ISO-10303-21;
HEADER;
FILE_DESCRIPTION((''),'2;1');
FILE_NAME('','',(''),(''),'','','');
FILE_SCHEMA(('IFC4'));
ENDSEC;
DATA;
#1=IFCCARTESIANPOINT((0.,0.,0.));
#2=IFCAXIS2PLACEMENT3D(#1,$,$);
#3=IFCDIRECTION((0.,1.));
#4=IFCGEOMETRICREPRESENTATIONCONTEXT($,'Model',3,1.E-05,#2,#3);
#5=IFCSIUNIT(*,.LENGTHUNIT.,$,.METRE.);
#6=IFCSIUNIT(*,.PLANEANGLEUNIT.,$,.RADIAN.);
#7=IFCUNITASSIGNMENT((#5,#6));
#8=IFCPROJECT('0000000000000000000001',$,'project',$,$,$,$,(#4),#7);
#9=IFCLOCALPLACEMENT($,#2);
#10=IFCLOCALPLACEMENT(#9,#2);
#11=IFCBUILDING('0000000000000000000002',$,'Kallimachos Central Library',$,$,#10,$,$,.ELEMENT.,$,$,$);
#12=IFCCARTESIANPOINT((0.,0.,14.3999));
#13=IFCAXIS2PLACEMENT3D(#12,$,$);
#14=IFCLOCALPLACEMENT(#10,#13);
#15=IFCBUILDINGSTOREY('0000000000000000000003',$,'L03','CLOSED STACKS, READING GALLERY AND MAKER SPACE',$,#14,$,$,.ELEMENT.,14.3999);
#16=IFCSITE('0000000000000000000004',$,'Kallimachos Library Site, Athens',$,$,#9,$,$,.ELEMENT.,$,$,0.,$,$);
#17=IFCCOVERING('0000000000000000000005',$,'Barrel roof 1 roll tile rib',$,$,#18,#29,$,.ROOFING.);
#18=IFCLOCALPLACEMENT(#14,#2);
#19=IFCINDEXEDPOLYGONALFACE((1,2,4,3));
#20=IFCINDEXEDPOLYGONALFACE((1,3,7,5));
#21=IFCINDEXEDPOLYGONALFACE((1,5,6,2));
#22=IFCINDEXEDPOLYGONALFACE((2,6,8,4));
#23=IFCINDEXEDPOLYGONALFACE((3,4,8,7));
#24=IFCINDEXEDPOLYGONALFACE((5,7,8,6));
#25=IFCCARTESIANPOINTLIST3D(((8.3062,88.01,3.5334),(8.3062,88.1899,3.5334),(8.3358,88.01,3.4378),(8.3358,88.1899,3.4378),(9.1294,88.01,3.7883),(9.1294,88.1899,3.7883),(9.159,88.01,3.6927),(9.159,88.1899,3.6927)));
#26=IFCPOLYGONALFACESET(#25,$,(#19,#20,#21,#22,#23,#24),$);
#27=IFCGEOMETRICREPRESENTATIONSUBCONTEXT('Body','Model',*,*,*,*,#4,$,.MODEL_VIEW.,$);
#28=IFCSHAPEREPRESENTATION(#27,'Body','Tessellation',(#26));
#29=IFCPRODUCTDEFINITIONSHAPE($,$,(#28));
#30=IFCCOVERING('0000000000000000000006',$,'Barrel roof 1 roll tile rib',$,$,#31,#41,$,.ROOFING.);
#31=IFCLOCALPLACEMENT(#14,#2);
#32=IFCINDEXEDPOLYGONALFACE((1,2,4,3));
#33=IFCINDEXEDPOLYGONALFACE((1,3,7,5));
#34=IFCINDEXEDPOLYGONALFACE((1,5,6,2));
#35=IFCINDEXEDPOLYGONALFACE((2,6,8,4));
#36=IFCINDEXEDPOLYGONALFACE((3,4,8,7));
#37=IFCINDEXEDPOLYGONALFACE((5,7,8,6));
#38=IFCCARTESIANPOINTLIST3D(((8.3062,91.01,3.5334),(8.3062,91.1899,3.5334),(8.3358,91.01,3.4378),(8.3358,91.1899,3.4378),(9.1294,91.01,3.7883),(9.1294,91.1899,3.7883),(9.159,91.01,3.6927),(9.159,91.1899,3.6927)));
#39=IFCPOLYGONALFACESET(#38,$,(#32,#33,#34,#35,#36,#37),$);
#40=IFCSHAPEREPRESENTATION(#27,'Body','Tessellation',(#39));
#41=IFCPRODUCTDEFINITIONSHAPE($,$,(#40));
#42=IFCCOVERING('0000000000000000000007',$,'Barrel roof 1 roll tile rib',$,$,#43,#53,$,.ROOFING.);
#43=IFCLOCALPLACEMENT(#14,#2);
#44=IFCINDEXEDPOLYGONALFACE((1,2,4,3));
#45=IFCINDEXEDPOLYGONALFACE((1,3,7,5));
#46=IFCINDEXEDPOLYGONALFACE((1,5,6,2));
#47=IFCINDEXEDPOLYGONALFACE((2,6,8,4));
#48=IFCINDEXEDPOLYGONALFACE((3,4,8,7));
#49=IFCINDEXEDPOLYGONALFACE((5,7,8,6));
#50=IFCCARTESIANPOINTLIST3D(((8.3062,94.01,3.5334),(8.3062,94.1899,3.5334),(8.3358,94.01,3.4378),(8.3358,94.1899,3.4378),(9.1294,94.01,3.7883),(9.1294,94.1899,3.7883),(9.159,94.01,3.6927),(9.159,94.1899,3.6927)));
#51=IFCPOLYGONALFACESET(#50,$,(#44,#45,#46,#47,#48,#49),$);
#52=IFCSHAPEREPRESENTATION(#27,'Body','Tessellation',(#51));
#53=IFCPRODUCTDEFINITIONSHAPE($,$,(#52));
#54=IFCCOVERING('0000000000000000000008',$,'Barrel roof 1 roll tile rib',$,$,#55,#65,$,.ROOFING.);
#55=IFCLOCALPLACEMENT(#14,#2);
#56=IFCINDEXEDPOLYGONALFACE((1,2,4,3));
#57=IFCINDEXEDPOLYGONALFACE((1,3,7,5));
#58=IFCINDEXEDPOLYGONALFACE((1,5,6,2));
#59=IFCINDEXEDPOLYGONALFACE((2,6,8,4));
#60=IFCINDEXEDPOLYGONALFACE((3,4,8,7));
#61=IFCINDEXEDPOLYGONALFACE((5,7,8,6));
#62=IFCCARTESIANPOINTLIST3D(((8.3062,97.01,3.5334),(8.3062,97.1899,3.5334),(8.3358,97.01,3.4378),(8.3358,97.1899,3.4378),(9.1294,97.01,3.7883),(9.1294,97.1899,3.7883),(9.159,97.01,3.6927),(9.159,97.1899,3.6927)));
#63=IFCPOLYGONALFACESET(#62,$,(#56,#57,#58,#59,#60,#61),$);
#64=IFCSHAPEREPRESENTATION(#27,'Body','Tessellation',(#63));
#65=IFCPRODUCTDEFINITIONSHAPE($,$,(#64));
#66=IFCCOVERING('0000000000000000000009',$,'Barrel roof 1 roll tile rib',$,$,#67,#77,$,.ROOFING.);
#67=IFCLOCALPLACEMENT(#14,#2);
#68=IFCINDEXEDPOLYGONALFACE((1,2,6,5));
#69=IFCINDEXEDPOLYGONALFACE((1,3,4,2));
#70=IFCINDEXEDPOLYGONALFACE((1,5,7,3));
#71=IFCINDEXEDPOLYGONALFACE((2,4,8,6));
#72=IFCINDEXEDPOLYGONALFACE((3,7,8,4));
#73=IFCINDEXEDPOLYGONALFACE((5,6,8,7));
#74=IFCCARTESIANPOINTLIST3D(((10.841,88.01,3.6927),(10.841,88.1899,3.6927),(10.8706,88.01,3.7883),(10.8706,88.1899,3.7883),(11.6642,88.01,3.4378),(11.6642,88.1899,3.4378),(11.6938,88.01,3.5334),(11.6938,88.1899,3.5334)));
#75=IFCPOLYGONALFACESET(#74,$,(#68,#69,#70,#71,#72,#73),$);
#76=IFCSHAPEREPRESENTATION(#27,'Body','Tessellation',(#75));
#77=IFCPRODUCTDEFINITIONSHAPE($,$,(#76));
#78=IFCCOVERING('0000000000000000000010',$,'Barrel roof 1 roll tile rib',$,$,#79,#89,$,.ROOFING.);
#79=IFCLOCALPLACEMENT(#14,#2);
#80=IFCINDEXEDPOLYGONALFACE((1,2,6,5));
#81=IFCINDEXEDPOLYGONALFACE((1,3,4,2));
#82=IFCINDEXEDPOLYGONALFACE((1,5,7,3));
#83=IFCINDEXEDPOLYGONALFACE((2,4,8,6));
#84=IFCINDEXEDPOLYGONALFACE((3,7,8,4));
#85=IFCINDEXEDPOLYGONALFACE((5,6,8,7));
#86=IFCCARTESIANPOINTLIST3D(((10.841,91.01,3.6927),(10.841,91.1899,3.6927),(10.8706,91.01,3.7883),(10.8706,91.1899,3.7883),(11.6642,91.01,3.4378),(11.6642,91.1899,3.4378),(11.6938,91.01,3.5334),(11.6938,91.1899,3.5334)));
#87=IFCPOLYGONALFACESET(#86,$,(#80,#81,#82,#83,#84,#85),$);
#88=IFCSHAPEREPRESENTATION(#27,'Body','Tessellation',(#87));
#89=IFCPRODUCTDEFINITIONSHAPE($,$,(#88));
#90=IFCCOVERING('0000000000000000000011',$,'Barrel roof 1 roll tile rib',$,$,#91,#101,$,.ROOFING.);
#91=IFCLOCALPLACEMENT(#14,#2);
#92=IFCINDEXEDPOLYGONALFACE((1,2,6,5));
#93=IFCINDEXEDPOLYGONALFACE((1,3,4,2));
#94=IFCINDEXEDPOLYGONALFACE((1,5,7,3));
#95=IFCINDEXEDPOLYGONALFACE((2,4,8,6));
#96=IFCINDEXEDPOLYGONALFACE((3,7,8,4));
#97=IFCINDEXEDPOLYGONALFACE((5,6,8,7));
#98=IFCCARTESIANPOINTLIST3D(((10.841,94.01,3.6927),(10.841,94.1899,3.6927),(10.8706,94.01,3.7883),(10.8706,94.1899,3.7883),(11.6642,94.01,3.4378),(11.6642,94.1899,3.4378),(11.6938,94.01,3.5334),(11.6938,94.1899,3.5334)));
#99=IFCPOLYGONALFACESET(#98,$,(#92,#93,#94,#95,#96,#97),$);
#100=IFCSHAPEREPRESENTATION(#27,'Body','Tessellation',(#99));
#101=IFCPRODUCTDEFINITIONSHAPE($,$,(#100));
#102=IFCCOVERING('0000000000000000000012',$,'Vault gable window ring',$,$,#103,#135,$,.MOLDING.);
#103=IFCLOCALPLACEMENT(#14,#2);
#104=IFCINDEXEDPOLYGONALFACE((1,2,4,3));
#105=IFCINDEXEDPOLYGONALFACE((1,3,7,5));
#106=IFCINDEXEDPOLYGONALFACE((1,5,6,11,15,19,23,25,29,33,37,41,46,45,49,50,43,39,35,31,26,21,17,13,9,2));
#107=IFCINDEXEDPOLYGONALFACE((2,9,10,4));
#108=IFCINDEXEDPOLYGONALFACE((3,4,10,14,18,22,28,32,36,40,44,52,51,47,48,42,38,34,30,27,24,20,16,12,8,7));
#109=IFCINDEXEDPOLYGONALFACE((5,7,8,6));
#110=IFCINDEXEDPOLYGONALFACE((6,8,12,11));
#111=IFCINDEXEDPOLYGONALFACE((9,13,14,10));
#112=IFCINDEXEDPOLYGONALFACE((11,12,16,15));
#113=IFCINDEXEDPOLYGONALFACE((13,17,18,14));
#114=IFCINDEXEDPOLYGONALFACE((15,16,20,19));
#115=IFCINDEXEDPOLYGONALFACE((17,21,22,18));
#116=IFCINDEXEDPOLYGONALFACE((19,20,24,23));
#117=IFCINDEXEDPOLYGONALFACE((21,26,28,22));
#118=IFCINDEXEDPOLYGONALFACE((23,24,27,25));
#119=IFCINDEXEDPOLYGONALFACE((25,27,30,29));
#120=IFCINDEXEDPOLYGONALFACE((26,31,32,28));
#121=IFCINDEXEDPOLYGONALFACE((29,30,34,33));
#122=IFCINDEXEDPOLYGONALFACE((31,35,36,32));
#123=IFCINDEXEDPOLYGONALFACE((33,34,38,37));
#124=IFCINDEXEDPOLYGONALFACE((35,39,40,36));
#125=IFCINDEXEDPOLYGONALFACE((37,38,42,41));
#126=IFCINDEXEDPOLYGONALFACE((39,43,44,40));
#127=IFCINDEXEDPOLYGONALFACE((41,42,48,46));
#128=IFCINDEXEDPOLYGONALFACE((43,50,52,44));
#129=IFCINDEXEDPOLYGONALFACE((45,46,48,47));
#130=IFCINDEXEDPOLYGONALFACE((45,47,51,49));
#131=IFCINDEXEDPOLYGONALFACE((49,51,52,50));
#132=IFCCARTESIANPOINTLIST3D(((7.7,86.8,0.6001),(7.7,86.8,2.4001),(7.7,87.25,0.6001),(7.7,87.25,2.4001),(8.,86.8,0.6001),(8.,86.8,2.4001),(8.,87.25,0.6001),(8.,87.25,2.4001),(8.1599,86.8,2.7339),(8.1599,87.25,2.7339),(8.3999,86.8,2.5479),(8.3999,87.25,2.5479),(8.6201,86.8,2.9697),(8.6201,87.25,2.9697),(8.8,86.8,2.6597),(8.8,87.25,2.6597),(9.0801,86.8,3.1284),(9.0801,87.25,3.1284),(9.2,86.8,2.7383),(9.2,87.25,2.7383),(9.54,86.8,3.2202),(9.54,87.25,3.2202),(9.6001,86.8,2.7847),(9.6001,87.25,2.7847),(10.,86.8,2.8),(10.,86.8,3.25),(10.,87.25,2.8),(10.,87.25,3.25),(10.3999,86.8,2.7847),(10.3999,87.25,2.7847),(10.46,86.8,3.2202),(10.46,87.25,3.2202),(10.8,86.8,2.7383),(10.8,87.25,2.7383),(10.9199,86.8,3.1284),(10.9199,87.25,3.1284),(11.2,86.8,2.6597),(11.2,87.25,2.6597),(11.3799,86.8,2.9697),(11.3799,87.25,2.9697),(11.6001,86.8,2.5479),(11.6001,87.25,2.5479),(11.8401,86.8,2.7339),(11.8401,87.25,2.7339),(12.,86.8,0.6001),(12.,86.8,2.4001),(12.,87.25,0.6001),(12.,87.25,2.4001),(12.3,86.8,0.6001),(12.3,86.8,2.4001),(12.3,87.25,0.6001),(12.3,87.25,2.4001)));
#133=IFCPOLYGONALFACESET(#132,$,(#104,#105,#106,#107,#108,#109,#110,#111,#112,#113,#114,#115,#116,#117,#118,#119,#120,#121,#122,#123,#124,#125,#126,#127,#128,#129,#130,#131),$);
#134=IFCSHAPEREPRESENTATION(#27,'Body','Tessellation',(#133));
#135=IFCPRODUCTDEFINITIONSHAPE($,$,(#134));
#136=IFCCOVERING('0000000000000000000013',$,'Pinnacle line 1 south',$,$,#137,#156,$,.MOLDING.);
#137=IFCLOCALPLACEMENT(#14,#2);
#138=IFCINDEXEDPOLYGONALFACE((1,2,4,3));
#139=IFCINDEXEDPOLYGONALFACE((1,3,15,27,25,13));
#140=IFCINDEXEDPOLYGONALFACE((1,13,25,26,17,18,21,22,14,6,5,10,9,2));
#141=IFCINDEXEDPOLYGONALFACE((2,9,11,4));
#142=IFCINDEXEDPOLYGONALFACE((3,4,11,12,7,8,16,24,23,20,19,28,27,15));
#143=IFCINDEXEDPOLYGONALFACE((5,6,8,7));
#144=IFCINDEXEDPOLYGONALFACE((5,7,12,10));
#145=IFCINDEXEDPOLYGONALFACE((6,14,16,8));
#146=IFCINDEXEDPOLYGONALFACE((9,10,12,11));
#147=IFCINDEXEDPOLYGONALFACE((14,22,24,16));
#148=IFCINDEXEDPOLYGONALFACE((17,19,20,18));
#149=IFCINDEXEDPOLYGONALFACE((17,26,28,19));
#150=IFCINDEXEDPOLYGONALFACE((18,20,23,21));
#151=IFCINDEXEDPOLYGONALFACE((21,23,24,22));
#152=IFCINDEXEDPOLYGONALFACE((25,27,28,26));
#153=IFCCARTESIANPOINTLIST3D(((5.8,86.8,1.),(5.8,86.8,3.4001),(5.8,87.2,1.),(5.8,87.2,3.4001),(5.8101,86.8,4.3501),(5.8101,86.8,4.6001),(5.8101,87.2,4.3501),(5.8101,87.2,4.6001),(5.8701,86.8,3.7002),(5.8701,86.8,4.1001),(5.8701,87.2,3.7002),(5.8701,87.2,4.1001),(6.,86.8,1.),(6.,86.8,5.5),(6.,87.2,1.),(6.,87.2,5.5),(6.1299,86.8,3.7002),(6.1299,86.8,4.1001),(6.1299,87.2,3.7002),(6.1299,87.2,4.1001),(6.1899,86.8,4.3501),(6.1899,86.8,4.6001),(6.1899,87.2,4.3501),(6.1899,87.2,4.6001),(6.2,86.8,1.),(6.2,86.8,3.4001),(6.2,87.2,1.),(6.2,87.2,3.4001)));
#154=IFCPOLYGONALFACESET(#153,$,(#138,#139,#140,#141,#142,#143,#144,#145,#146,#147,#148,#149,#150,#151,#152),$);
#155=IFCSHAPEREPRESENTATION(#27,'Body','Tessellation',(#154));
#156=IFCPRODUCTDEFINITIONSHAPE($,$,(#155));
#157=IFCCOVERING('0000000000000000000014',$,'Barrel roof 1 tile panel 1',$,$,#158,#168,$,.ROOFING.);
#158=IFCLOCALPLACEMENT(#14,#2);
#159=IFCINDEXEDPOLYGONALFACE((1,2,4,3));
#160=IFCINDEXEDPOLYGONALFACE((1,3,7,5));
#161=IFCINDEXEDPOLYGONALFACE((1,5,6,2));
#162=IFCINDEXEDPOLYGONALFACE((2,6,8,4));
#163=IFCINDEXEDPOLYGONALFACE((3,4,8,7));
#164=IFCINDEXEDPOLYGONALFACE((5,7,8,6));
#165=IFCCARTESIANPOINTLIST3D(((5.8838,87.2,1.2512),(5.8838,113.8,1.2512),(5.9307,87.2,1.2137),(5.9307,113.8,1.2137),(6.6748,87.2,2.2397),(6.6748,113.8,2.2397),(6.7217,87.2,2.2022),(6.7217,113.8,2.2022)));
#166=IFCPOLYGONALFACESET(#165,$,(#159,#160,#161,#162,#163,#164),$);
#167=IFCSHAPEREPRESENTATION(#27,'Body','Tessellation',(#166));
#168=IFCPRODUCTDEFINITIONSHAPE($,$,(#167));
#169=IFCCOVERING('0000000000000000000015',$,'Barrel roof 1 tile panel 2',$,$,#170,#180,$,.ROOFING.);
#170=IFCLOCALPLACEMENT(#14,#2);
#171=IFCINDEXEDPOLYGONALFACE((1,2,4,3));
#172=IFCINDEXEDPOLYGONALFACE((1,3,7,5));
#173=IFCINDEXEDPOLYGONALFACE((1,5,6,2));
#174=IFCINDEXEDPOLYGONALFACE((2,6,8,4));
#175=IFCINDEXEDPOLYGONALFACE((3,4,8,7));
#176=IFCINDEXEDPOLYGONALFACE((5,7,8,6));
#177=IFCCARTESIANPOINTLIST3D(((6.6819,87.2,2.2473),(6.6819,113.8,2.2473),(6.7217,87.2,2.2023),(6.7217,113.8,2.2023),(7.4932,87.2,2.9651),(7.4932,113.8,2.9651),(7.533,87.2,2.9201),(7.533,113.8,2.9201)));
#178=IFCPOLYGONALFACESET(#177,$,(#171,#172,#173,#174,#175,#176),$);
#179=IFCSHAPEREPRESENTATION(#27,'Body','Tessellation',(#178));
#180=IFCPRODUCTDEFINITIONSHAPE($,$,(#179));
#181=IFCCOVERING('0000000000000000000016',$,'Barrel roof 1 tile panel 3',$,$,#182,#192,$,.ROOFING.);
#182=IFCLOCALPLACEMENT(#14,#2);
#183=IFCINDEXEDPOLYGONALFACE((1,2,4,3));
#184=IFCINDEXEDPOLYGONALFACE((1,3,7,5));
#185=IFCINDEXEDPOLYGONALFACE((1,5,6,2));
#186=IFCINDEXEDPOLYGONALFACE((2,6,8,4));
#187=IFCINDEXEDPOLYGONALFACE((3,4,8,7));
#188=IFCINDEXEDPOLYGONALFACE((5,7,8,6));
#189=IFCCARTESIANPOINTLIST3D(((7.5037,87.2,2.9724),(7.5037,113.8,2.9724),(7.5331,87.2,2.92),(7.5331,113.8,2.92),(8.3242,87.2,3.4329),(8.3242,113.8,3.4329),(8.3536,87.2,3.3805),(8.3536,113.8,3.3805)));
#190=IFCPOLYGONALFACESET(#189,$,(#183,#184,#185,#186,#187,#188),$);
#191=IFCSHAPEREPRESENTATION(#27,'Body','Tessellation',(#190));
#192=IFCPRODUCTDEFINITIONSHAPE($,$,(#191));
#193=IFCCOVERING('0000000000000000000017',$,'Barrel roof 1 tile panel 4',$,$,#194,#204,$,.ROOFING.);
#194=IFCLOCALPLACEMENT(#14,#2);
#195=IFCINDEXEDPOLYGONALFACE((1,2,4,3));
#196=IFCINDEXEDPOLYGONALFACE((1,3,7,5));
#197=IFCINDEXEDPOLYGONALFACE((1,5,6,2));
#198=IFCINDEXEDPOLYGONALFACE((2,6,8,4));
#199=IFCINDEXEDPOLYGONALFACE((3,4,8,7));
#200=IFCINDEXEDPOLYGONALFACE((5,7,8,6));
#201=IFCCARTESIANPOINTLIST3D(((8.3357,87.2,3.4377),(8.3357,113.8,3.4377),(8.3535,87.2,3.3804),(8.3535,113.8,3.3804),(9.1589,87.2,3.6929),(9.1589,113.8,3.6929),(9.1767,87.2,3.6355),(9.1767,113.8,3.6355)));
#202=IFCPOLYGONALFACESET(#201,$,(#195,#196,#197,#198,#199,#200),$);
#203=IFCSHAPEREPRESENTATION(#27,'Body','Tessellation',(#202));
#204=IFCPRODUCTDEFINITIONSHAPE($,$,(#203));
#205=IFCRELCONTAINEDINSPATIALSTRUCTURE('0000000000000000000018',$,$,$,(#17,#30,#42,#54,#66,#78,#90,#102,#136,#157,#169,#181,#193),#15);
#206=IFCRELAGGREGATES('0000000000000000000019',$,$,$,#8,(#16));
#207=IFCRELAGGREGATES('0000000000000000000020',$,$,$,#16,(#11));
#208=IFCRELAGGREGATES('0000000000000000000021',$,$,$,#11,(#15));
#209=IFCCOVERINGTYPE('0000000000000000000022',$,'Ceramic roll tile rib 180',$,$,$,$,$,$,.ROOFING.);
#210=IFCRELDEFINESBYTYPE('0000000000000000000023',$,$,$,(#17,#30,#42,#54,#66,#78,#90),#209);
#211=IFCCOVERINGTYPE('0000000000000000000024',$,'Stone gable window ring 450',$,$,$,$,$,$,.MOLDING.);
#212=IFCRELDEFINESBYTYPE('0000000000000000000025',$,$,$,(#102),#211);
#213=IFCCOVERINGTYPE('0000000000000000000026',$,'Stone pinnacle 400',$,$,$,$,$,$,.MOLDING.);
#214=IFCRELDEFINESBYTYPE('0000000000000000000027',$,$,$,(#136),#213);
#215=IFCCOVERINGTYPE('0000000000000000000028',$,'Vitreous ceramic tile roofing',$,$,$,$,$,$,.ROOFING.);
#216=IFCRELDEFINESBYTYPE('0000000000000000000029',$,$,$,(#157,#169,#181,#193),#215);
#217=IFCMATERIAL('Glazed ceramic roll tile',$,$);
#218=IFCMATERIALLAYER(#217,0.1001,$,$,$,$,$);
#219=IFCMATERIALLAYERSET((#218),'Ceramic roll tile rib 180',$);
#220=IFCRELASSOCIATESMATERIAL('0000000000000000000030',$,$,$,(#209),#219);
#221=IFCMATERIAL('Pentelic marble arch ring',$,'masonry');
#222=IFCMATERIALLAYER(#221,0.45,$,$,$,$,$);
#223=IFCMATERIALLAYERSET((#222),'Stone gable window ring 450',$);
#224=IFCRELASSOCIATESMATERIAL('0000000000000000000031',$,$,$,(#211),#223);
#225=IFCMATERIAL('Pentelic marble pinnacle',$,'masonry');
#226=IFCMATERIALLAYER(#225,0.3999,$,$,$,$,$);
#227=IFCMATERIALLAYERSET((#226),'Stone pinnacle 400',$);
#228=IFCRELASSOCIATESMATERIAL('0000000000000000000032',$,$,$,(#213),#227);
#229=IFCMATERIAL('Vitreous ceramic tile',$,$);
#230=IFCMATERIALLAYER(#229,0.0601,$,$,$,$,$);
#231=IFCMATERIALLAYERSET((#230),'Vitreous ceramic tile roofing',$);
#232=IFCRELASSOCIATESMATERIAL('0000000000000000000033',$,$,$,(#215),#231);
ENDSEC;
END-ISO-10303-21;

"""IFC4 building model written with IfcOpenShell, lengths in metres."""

from ifc_helpers import new_model, si_unit, direction, frame, origin, place, context, subcontext, project, spatial, polyline, outline, extrude, material, layer, layer_set, type_object, element, save


model = new_model("IFC4")

# Units and contexts
model_context = context("Model", 3, precision=1e-05, world=origin(), true_north=direction((0.0, 1.0)))
body_context = subcontext(model_context, "Body", "Model", "MODEL_VIEW")
ifc_project = project(units=[si_unit("LENGTHUNIT", "METRE"), si_unit("PLANEANGLEUNIT", "RADIAN")], contexts=[model_context])

# Site, building, storey
site_placement = place(None, origin())
site = spatial("IfcSite", under=ifc_project, at=site_placement, Name="Kallimachos Library Site, Athens", CompositionType="ELEMENT", RefElevation=0.0)
building_placement = place(site_placement, origin())
building = spatial("IfcBuilding", under=site, at=building_placement, Name="Kallimachos Central Library", CompositionType="ELEMENT")
storey_placement = place(building_placement, frame((0.0, 0.0, 14.3999)))
storey = spatial("IfcBuildingStorey", under=building, at=storey_placement, Name="L03", Description="CLOSED STACKS, READING GALLERY AND MAKER SPACE", CompositionType="ELEMENT", Elevation=14.3999)

# Coverings
ifc_material_1 = material(Name="Glazed ceramic roll tile")
ifc_layer_1 = layer(ifc_material_1, 0.1001)
ifc_layer_set_1 = layer_set([ifc_layer_1], Name="Ceramic roll tile rib 180")
covering_type_1 = type_object("IfcCoveringType", Name="Ceramic roll tile rib 180", PredefinedType="ROOFING", material=ifc_layer_set_1)
for number, where, z_axis, x_axis, name in (
    (1, (8.3062, 88.01, 3.5334), (-0.295758, 0.0, 0.955263), (0.955263, 0.0, 0.295758), "Barrel roof 1 roll tile rib"),
    (2, (8.3062, 91.01, 3.5334), (-0.295758, 0.0, 0.955263), (0.955263, 0.0, 0.295758), "Barrel roof 1 roll tile rib"),
    (3, (8.3062, 94.01, 3.5334), (-0.295758, 0.0, 0.955263), (0.955263, 0.0, 0.295758), "Barrel roof 1 roll tile rib"),
    (4, (8.3062, 97.01, 3.5334), (-0.295758, 0.0, 0.955263), (0.955263, 0.0, 0.295758), "Barrel roof 1 roll tile rib"),
    (5, (10.8706, 88.01, 3.7883), (0.295758, 0.0, 0.955263), (0.955263, 0.0, -0.295758), "Barrel roof 1 roll tile rib"),
    (6, (10.8706, 91.01, 3.7883), (0.295758, 0.0, 0.955263), (0.955263, 0.0, -0.295758), "Barrel roof 1 roll tile rib"),
    (7, (10.8706, 94.01, 3.7883), (0.295758, 0.0, 0.955263), (0.955263, 0.0, -0.295758), "Barrel roof 1 roll tile rib"),
):
    element("IfcCovering", number, at=place(storey_placement, frame(where, z_axis=z_axis, x_axis=x_axis)), inside=storey, type_object=covering_type_1, Name=name, PredefinedType="ROOFING", context=body_context, shape_type="SweptSolid", body=[
        extrude(outline(polyline([(0.0, 0.0), (0.8618, 0.0), (0.8618, 0.1799), (0.0, 0.1799), (0.0, 0.0)])), origin(), (0.0, 0.0, -1.0), 0.1001),
    ])
ifc_material_2 = material(Name="Pentelic marble arch ring", Category="masonry")
ifc_layer_2 = layer(ifc_material_2, 0.45)
ifc_layer_set_2 = layer_set([ifc_layer_2], Name="Stone gable window ring 450")
covering_type_2 = type_object("IfcCoveringType", Name="Stone gable window ring 450", PredefinedType="MOLDING", material=ifc_layer_set_2)
covering_1_placement = place(storey_placement, frame((8.0, 86.8, 0.6001), z_axis=(0.0, -1.0, 0.0), x_axis=(0.0, 0.0, 1.0)))
element("IfcCovering", 8, at=covering_1_placement, inside=storey, type_object=covering_type_2, Name="Vault gable window ring", PredefinedType="MOLDING", context=body_context, shape_type="SweptSolid", body=[
    extrude(outline(polyline([(0.0, 0.0), (1.8, 0.0), (1.9478, -0.3999), (2.0596, -0.8), (2.1382, -1.2), (2.1846, -1.6001), (2.2, -2.0), (2.1846, -2.3999), (2.1382, -2.8), (2.0596, -3.2), (1.9478, -3.6001), (1.8, -4.0), (0.0, -4.0), (0.0, -4.3), (1.8, -4.3), (2.1338, -3.8401), (2.3696, -3.3799), (2.5283, -2.9199), (2.6201, -2.46), (2.6499, -2.0), (2.6201, -1.54), (2.5283, -1.0801), (2.3696, -0.6201), (2.1338, -0.1599), (1.8, 0.3), (0.0, 0.3), (0.0, 0.0)])), origin(), (0.0, 0.0, -1.0), 0.45),
])
ifc_material_3 = material(Name="Pentelic marble pinnacle", Category="masonry")
ifc_layer_3 = layer(ifc_material_3, 0.3999)
ifc_layer_set_3 = layer_set([ifc_layer_3], Name="Stone pinnacle 400")
covering_type_3 = type_object("IfcCoveringType", Name="Stone pinnacle 400", PredefinedType="MOLDING", material=ifc_layer_set_3)
covering_2_placement = place(storey_placement, frame((6.0, 86.8, 1.0), z_axis=(0.0, -1.0, 0.0), x_axis=(1.0, 0.0, 0.0)))
element("IfcCovering", 9, at=covering_2_placement, inside=storey, type_object=covering_type_3, Name="Pinnacle line 1 south", PredefinedType="MOLDING", context=body_context, shape_type="SweptSolid", body=[
    extrude(outline(polyline([(0.0, 0.0), (0.2, 0.0), (0.2, 2.4001), (0.1299, 2.7002), (0.1299, 3.1001), (0.1899, 3.3501), (0.1899, 3.6001), (0.0, 4.5), (-0.1899, 3.6001), (-0.1899, 3.3501), (-0.1299, 3.1001), (-0.1299, 2.7002), (-0.2, 2.4001), (-0.2, 0.0), (0.0, 0.0)])), origin(), (0.0, 0.0, -1.0), 0.3999),
])
ifc_material_4 = material(Name="Vitreous ceramic tile")
ifc_layer_4 = layer(ifc_material_4, 0.0601)
ifc_layer_set_4 = layer_set([ifc_layer_4], Name="Vitreous ceramic tile roofing")
covering_type_4 = type_object("IfcCoveringType", Name="Vitreous ceramic tile roofing", PredefinedType="ROOFING", material=ifc_layer_set_4)
covering_3_placement = place(storey_placement, frame((5.8838, 87.2, 1.2512), z_axis=(-0.780794, 0.0, 0.624789), x_axis=(0.624789, 0.0, 0.780794)))
element("IfcCovering", 10, at=covering_3_placement, inside=storey, type_object=covering_type_4, Name="Barrel roof 1 tile panel 1", PredefinedType="ROOFING", context=body_context, shape_type="SweptSolid", body=[
    extrude(outline(polyline([(0.0, 0.0), (1.2661, 0.0), (1.2661, 26.6001), (0.0, 26.6001), (0.0, 0.0)])), origin(), (0.0, 0.0, -1.0), 0.0601),
])
covering_4_placement = place(storey_placement, frame((6.6819, 87.2, 2.2473), z_axis=(-0.662627, 0.0, 0.748949), x_axis=(0.748949, 0.0, 0.662627)))
element("IfcCovering", 11, at=covering_4_placement, inside=storey, type_object=covering_type_4, Name="Barrel roof 1 tile panel 2", PredefinedType="ROOFING", context=body_context, shape_type="SweptSolid", body=[
    extrude(outline(polyline([(0.0, 0.0), (1.0832, 0.0), (1.0832, 26.6001), (0.0, 26.6001), (0.0, 0.0)])), origin(), (0.0, 0.0, -1.0), 0.0601),
])
covering_5_placement = place(storey_placement, frame((7.5037, 87.2, 2.9724), z_axis=(-0.489362, 0.0, 0.872081), x_axis=(0.872081, 0.0, 0.489362)))
element("IfcCovering", 12, at=covering_5_placement, inside=storey, type_object=covering_type_4, Name="Barrel roof 1 tile panel 3", PredefinedType="ROOFING", context=body_context, shape_type="SweptSolid", body=[
    extrude(outline(polyline([(0.0, 0.0), (0.9409, 0.0), (0.9409, 26.6001), (0.0, 26.6001), (0.0, 0.0)])), origin(), (0.0, 0.0, -1.0), 0.0601),
])
covering_6_placement = place(storey_placement, frame((8.3357, 87.2, 3.4377), z_axis=(-0.296016, 0.0, 0.955183), x_axis=(0.955183, 0.0, 0.296016)))
element("IfcCovering", 13, at=covering_6_placement, inside=storey, type_object=covering_type_4, Name="Barrel roof 1 tile panel 4", PredefinedType="ROOFING", context=body_context, shape_type="SweptSolid", body=[
    extrude(outline(polyline([(0.0, 0.0), (0.8619, 0.0), (0.8619, 26.6001), (0.0, 26.6001), (0.0, 0.0)])), origin(), (0.0, 0.0, -1.0), 0.0601),
])

save(model, "model.ifc")
